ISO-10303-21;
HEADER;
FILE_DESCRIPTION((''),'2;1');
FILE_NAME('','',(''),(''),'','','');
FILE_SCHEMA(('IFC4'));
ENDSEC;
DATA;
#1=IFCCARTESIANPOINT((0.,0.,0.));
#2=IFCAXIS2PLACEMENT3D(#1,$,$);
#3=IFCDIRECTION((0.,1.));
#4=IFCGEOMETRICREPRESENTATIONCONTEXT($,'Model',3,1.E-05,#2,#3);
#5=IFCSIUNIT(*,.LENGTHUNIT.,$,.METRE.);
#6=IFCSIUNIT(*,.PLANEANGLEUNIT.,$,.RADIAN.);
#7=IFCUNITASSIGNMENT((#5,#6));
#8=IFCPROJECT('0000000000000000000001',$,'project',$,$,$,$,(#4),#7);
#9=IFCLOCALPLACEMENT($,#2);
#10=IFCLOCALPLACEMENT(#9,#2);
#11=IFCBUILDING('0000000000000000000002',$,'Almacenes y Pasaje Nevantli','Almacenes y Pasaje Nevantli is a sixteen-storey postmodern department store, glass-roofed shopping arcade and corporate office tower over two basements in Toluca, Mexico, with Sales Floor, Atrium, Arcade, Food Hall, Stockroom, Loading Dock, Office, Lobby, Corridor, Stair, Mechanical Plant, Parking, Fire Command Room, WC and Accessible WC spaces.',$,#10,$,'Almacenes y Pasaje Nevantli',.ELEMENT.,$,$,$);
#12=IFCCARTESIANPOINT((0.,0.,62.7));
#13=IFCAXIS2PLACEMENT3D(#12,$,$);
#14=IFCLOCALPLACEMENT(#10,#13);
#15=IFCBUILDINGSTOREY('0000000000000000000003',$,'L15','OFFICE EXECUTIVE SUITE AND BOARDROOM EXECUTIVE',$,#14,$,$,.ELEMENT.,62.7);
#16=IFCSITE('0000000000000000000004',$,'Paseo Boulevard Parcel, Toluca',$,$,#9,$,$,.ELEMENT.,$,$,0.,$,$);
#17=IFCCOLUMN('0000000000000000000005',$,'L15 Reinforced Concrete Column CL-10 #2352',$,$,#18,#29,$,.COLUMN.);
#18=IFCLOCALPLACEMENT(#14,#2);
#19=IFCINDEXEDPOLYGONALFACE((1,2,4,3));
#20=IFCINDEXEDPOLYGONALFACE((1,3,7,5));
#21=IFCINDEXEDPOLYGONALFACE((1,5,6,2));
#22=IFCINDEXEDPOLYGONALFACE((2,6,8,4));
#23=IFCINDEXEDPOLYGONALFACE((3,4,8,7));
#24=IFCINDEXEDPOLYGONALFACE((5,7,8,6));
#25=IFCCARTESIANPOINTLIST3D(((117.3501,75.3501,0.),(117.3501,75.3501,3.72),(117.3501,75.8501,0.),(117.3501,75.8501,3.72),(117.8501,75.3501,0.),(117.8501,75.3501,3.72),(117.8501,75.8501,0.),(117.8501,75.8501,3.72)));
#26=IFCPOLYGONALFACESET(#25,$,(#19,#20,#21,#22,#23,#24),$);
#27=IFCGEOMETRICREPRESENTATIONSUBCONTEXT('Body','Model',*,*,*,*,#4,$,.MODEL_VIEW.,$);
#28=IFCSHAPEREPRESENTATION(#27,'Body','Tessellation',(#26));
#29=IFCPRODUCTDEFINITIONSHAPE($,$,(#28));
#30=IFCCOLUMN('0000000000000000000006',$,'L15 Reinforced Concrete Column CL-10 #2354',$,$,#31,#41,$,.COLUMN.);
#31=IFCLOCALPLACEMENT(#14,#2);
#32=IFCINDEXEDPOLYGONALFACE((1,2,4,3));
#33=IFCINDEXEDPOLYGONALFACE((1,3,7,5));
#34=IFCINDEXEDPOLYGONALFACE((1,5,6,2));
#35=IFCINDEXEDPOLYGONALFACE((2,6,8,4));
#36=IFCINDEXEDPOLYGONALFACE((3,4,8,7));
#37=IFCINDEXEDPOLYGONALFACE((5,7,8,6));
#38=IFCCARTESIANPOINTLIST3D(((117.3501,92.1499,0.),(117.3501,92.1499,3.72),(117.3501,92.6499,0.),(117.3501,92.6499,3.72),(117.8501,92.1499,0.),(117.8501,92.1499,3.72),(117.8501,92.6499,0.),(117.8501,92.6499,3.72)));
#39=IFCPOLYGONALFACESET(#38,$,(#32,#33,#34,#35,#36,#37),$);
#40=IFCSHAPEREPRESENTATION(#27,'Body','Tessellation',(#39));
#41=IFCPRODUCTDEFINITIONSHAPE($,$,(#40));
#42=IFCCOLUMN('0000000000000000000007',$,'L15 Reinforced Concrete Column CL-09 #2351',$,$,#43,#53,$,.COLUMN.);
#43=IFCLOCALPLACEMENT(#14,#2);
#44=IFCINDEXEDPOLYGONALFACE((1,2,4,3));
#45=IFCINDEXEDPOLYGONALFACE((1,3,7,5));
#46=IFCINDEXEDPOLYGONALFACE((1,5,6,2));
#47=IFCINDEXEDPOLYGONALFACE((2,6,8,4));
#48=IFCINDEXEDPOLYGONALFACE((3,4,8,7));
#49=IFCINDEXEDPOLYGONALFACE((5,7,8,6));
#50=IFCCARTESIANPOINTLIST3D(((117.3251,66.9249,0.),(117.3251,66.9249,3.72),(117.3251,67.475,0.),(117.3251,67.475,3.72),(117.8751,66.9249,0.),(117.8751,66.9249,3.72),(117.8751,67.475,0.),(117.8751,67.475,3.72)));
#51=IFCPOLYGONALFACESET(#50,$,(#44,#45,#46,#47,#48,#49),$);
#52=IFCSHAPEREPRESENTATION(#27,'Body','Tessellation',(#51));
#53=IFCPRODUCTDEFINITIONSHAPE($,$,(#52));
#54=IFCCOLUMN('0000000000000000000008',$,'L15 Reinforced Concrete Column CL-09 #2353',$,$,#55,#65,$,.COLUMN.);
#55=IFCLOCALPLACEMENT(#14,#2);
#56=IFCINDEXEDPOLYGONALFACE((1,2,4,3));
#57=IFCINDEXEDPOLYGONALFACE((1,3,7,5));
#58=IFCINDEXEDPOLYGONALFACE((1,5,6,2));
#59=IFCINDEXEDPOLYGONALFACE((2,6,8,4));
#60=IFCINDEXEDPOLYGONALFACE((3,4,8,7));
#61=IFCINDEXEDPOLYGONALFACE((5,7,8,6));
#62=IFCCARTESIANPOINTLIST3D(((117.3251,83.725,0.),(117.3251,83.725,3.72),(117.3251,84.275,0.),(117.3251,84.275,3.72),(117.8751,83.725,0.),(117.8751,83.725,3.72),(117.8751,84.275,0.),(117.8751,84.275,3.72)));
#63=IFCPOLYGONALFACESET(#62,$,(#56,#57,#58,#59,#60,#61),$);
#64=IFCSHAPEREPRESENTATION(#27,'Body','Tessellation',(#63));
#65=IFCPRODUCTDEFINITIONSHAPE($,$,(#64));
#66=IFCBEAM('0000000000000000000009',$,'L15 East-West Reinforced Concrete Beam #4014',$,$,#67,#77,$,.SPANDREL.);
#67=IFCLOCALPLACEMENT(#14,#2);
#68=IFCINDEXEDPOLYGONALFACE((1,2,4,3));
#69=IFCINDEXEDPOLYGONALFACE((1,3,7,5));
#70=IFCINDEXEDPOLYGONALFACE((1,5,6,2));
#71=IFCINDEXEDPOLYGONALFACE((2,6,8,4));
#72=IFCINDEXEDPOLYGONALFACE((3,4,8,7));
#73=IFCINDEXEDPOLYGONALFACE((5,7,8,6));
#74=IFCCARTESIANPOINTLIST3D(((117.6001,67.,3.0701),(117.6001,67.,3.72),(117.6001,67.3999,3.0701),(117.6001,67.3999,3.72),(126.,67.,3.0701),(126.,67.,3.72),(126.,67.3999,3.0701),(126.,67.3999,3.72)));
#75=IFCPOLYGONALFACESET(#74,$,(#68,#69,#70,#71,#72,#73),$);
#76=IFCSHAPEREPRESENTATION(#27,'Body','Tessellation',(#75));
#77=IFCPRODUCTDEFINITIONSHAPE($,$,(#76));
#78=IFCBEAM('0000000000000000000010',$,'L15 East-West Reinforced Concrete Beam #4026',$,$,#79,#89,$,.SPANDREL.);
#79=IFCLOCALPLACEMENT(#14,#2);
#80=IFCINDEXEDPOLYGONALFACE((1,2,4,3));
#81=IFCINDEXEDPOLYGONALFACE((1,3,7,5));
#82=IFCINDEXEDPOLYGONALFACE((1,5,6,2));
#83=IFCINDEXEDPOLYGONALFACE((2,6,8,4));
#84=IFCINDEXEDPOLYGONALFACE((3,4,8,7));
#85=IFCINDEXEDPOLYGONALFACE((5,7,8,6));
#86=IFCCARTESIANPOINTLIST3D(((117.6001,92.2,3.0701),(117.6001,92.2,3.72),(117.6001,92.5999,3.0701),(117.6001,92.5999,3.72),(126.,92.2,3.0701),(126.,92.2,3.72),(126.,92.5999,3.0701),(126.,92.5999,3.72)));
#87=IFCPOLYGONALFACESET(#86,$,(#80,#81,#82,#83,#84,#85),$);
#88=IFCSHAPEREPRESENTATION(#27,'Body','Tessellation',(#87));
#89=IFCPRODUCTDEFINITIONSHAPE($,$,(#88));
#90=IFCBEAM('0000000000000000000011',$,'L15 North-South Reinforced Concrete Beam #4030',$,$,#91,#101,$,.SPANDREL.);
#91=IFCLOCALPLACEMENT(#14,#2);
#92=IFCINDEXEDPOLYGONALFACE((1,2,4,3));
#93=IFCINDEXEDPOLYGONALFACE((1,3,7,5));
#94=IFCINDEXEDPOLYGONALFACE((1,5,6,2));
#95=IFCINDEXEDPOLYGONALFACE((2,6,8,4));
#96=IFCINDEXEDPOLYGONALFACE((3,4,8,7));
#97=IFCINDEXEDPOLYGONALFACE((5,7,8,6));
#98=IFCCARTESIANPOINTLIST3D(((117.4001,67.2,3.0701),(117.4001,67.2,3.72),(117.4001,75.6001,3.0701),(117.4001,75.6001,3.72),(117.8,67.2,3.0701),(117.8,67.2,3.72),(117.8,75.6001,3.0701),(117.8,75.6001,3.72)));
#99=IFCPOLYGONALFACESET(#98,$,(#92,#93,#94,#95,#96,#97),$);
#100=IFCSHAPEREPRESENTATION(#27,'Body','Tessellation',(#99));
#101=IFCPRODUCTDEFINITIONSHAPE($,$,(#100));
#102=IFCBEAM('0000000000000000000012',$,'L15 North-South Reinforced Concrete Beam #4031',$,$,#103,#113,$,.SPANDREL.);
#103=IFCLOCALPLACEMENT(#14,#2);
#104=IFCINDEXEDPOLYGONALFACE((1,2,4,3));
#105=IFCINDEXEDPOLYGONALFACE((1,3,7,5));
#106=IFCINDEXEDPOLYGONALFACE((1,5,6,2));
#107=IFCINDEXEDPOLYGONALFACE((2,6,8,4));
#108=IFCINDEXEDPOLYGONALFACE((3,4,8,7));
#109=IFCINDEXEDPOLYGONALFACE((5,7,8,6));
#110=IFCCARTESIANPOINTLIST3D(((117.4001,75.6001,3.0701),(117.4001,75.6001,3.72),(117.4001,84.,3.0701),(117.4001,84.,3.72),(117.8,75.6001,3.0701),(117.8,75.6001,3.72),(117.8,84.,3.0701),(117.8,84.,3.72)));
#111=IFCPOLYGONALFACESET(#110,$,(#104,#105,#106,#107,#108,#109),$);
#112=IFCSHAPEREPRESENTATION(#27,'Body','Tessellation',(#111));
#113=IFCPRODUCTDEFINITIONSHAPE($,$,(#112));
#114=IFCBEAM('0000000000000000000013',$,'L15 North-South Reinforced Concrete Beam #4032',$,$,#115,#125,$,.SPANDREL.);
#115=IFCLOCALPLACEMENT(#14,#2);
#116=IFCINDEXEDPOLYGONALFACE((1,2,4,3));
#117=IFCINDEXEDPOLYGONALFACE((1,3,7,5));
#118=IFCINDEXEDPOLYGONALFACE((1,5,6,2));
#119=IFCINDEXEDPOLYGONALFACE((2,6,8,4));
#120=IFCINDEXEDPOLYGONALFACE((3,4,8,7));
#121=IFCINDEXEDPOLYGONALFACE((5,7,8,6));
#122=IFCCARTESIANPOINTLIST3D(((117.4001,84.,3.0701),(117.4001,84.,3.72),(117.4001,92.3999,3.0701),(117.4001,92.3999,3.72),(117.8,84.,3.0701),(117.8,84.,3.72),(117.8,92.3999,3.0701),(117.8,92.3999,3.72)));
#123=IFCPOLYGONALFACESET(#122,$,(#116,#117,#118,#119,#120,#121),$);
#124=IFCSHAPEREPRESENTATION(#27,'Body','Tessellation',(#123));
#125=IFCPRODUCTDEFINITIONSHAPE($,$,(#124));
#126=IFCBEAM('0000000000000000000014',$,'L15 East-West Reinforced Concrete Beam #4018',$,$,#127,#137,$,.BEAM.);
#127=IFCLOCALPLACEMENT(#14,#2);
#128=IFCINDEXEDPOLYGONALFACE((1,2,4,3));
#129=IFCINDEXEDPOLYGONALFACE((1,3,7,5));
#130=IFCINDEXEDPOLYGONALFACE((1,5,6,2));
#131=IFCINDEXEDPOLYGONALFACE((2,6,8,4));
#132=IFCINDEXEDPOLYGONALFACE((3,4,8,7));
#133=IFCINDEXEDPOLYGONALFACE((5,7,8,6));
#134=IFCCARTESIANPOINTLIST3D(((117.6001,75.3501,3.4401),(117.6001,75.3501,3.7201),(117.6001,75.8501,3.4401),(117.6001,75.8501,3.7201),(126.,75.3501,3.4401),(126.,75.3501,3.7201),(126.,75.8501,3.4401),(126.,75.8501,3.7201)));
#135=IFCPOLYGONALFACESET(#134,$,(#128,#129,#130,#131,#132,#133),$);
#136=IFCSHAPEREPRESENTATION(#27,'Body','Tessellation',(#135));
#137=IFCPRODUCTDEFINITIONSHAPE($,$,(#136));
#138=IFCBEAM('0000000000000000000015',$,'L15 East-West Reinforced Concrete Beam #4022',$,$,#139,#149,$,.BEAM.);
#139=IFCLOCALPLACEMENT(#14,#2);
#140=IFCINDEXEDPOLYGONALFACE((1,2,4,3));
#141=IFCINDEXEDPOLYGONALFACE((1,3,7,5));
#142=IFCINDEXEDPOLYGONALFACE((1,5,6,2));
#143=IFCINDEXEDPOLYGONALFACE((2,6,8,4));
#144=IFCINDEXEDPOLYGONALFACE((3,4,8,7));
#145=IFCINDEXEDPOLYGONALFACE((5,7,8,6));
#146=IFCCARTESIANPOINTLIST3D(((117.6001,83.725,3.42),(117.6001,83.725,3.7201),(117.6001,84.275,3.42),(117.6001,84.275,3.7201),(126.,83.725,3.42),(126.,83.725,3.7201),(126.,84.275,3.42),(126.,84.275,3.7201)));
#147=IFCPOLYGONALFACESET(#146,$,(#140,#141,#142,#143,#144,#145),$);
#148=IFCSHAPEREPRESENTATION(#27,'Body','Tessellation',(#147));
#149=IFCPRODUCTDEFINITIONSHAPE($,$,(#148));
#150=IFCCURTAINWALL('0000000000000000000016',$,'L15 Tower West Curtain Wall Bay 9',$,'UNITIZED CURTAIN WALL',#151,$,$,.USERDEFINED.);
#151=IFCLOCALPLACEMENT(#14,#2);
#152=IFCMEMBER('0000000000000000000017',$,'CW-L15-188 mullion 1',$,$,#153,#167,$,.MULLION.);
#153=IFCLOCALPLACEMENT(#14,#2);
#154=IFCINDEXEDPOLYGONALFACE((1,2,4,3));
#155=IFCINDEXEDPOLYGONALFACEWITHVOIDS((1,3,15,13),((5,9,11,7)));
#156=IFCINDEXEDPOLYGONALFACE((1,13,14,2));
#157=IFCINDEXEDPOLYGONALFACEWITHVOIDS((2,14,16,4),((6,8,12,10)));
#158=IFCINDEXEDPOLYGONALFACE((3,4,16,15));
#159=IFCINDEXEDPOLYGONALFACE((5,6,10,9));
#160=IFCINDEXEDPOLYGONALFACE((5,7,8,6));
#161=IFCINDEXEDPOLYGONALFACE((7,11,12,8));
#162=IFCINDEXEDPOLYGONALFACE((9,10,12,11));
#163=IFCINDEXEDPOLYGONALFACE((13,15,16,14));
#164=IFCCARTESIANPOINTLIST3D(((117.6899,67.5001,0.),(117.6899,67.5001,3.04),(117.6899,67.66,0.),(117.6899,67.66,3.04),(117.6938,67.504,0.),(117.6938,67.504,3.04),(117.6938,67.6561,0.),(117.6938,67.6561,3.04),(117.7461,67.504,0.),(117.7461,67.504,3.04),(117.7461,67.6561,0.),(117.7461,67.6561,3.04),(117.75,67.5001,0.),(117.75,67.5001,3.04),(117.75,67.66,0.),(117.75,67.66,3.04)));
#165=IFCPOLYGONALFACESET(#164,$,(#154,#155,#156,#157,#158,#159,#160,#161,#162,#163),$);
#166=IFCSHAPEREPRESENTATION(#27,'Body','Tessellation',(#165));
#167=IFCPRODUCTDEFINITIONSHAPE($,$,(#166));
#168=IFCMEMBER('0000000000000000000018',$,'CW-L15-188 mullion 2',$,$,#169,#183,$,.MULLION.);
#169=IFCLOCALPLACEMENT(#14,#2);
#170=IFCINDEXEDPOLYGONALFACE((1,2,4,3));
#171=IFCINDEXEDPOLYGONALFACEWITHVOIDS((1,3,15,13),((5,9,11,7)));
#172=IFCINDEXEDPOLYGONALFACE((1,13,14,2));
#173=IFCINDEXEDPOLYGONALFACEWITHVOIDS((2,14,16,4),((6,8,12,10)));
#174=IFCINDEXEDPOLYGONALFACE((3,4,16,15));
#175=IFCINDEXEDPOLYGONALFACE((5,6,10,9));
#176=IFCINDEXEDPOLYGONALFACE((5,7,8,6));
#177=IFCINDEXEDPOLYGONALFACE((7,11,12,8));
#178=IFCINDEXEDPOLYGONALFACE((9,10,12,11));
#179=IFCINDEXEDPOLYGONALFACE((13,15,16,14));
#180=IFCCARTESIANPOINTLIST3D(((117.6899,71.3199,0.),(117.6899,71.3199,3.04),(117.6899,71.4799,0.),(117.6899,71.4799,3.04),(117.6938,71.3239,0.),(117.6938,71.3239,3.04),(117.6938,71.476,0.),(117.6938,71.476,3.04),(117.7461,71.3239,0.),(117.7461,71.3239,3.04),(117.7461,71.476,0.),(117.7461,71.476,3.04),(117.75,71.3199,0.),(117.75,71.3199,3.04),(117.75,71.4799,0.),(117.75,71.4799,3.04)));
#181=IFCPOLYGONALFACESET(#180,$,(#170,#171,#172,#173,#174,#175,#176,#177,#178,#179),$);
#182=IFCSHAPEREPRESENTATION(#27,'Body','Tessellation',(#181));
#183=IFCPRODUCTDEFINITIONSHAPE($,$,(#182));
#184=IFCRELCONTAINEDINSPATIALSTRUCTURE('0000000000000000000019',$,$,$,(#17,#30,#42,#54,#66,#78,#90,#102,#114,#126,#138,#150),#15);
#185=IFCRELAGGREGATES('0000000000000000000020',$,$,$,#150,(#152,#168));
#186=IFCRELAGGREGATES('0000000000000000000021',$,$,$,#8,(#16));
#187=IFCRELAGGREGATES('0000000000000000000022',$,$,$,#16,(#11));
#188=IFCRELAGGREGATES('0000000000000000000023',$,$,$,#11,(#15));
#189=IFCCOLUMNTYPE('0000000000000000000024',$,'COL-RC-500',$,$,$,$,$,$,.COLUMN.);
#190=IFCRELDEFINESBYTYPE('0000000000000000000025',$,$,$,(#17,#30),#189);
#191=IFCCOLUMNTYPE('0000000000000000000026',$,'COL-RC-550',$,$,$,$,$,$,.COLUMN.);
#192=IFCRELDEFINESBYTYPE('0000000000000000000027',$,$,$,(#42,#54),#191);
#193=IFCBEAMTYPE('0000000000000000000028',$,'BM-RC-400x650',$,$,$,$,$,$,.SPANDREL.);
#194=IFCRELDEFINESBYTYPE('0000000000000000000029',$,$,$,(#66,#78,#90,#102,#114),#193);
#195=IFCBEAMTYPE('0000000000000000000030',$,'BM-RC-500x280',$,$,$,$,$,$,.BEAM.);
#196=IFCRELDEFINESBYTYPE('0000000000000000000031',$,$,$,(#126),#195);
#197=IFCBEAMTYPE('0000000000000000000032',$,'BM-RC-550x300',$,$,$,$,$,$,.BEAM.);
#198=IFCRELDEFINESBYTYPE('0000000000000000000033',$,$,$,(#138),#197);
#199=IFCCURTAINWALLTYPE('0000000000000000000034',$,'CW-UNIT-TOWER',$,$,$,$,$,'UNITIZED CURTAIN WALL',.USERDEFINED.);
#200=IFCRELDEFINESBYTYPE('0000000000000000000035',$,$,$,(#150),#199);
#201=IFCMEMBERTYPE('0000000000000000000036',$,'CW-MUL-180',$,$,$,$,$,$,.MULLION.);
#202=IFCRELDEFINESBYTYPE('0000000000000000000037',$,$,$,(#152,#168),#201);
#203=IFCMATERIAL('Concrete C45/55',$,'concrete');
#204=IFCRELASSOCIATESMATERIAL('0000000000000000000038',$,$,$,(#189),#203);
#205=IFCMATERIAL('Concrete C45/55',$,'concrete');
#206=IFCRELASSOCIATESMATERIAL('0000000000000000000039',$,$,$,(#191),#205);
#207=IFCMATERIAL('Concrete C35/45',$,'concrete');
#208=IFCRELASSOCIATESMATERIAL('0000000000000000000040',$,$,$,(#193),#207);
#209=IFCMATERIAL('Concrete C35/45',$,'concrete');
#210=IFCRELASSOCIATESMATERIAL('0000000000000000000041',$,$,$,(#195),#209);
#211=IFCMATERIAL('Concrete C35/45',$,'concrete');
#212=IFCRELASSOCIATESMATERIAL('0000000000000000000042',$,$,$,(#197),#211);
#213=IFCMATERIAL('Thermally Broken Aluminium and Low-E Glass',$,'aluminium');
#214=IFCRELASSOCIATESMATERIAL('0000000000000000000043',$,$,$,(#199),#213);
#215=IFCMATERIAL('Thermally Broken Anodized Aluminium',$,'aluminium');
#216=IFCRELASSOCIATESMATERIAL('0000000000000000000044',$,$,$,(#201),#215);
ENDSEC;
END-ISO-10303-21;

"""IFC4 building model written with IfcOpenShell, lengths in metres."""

from ifc_helpers import new_model, si_unit, direction, frame, origin, origin_2d, place, context, subcontext, project, spatial, rectangle, hollow_rectangle, extrude, material, material_profile, profile_set, type_object, element, aggregate, save


model = new_model("IFC4")

# Units and contexts
model_context = context("Model", 3, precision=1e-05, world=origin(), true_north=direction((0.0, 1.0)))
body_context = subcontext(model_context, "Body", "Model", "MODEL_VIEW")
ifc_project = project(units=[si_unit("LENGTHUNIT", "METRE"), si_unit("PLANEANGLEUNIT", "RADIAN")], contexts=[model_context])

# Site, building, storey
site_placement = place(None, origin())
site = spatial("IfcSite", under=ifc_project, at=site_placement, Name="Paseo Boulevard Parcel, Toluca", CompositionType="ELEMENT", RefElevation=0.0)
building_placement = place(site_placement, origin())
building = spatial("IfcBuilding", under=site, at=building_placement, Name="Almacenes y Pasaje Nevantli", Description="Almacenes y Pasaje Nevantli is a sixteen-storey postmodern department store, glass-roofed shopping arcade and corporate office tower over two basements in Toluca, Mexico, with Sales Floor, Atrium, Arcade, Food Hall, Stockroom, Loading Dock, Office, Lobby, Corridor, Stair, Mechanical Plant, Parking, Fire Command Room, WC and Accessible WC spaces.", LongName="Almacenes y Pasaje Nevantli", CompositionType="ELEMENT")
storey_placement = place(building_placement, frame((0.0, 0.0, 62.7)))
storey = spatial("IfcBuildingStorey", under=building, at=storey_placement, Name="L15", Description="OFFICE EXECUTIVE SUITE AND BOARDROOM EXECUTIVE", CompositionType="ELEMENT", Elevation=62.7)

# Columns
ifc_material_1 = material(Name="Concrete C45/55", Category="concrete")
ifc_material_profile_1 = material_profile(ifc_material_1, rectangle(XDim=0.5, YDim=0.5, at=origin_2d()), Name="RC-COL-500x500")
ifc_profile_set_1 = profile_set([ifc_material_profile_1], Name="Concrete C45/55")
column_type_1 = type_object("IfcColumnType", Name="COL-RC-500", PredefinedType="COLUMN", material=ifc_profile_set_1)
for number, where, z_axis, x_axis, name in (
    (1, (117.6001, 75.6001, 0.0), (0.0, 0.0, 1.0), (1.0, 0.0, 0.0), "L15 Reinforced Concrete Column CL-10 #2352"),
    (2, (117.6001, 92.3999, 0.0), (0.0, 0.0, 1.0), (1.0, 0.0, 0.0), "L15 Reinforced Concrete Column CL-10 #2354"),
):
    element("IfcColumn", number, at=place(storey_placement, frame(where, z_axis=z_axis, x_axis=x_axis)), inside=storey, type_object=column_type_1, Name=name, PredefinedType="COLUMN", context=body_context, shape_type="SweptSolid", body=[
        extrude(rectangle(XDim=0.5, YDim=0.5, at=origin_2d()), origin(), (0.0, 0.0, 1.0), 3.72),
    ])
ifc_material_2 = material(Name="Concrete C45/55", Category="concrete")
ifc_material_profile_2 = material_profile(ifc_material_2, rectangle(XDim=0.55, YDim=0.55, at=origin_2d()), Name="RC-COL-550x550")
ifc_profile_set_2 = profile_set([ifc_material_profile_2], Name="Concrete C45/55")
column_type_2 = type_object("IfcColumnType", Name="COL-RC-550", PredefinedType="COLUMN", material=ifc_profile_set_2)
for number, where, z_axis, x_axis, name in (
    (3, (117.6001, 67.2, 0.0), (0.0, 0.0, 1.0), (1.0, 0.0, 0.0), "L15 Reinforced Concrete Column CL-09 #2351"),
    (4, (117.6001, 84.0, 0.0), (0.0, 0.0, 1.0), (1.0, 0.0, 0.0), "L15 Reinforced Concrete Column CL-09 #2353"),
):
    element("IfcColumn", number, at=place(storey_placement, frame(where, z_axis=z_axis, x_axis=x_axis)), inside=storey, type_object=column_type_2, Name=name, PredefinedType="COLUMN", context=body_context, shape_type="SweptSolid", body=[
        extrude(rectangle(XDim=0.55, YDim=0.55, at=origin_2d()), origin(), (0.0, 0.0, 1.0), 3.72),
    ])

# Beams
ifc_material_3 = material(Name="Concrete C35/45", Category="concrete")
ifc_material_profile_3 = material_profile(ifc_material_3, rectangle(XDim=0.3999, YDim=0.6499, at=origin_2d()), Name="RC-BM-400x650")
ifc_profile_set_3 = profile_set([ifc_material_profile_3], Name="Concrete C35/45")
beam_type_1 = type_object("IfcBeamType", Name="BM-RC-400x650", PredefinedType="SPANDREL", material=ifc_profile_set_3)
for number, where, z_axis, x_axis, name in (
    (5, (117.6001, 67.2, 3.395), (1.0, 0.0, 0.0), (0.0, 1.0, 0.0), "L15 East-West Reinforced Concrete Beam #4014"),
    (6, (117.6001, 92.3999, 3.395), (1.0, 0.0, 0.0), (0.0, 1.0, 0.0), "L15 East-West Reinforced Concrete Beam #4026"),
):
    element("IfcBeam", number, at=place(storey_placement, frame(where, z_axis=z_axis, x_axis=x_axis)), inside=storey, type_object=beam_type_1, Name=name, PredefinedType="SPANDREL", context=body_context, shape_type="SweptSolid", body=[
        extrude(rectangle(XDim=0.3999, YDim=0.6499, at=origin_2d()), origin(), (0.0, 0.0, 1.0), 8.3999),
    ])
beam_1_placement = place(storey_placement, frame((117.6001, 67.2, 3.395), z_axis=(0.0, 1.0, 0.0), x_axis=(-1.0, 0.0, 0.0)))
element("IfcBeam", 7, at=beam_1_placement, inside=storey, type_object=beam_type_1, Name="L15 North-South Reinforced Concrete Beam #4030", PredefinedType="SPANDREL", context=body_context, shape_type="SweptSolid", body=[
    extrude(rectangle(XDim=0.3999, YDim=0.6499, at=origin_2d()), origin(), (0.0, 0.0, 1.0), 8.4001),
])
for number, where, z_axis, x_axis, name in (
    (8, (117.6001, 75.6001, 3.395), (0.0, 1.0, 0.0), (-1.0, 0.0, 0.0), "L15 North-South Reinforced Concrete Beam #4031"),
    (9, (117.6001, 84.0, 3.395), (0.0, 1.0, 0.0), (-1.0, 0.0, 0.0), "L15 North-South Reinforced Concrete Beam #4032"),
):
    element("IfcBeam", number, at=place(storey_placement, frame(where, z_axis=z_axis, x_axis=x_axis)), inside=storey, type_object=beam_type_1, Name=name, PredefinedType="SPANDREL", context=body_context, shape_type="SweptSolid", body=[
        extrude(rectangle(XDim=0.3999, YDim=0.6499, at=origin_2d()), origin(), (0.0, 0.0, 1.0), 8.3999),
    ])
ifc_material_4 = material(Name="Concrete C35/45", Category="concrete")
ifc_material_profile_4 = material_profile(ifc_material_4, rectangle(XDim=0.5, YDim=0.28, at=origin_2d()), Name="RC-BM-500x280")
ifc_profile_set_4 = profile_set([ifc_material_profile_4], Name="Concrete C35/45")
beam_type_2 = type_object("IfcBeamType", Name="BM-RC-500x280", PredefinedType="BEAM", material=ifc_profile_set_4)
beam_2_placement = place(storey_placement, frame((117.6001, 75.6001, 3.5801), z_axis=(1.0, 0.0, 0.0), x_axis=(0.0, 1.0, 0.0)))
element("IfcBeam", 10, at=beam_2_placement, inside=storey, type_object=beam_type_2, Name="L15 East-West Reinforced Concrete Beam #4018", PredefinedType="BEAM", context=body_context, shape_type="SweptSolid", body=[
    extrude(rectangle(XDim=0.5, YDim=0.28, at=origin_2d()), origin(), (0.0, 0.0, 1.0), 8.3999),
])
ifc_material_5 = material(Name="Concrete C35/45", Category="concrete")
ifc_material_profile_5 = material_profile(ifc_material_5, rectangle(XDim=0.55, YDim=0.3, at=origin_2d()), Name="RC-BM-550x300")
ifc_profile_set_5 = profile_set([ifc_material_profile_5], Name="Concrete C35/45")
beam_type_3 = type_object("IfcBeamType", Name="BM-RC-550x300", PredefinedType="BEAM", material=ifc_profile_set_5)
beam_3_placement = place(storey_placement, frame((117.6001, 84.0, 3.5701), z_axis=(1.0, 0.0, 0.0), x_axis=(0.0, 1.0, 0.0)))
element("IfcBeam", 11, at=beam_3_placement, inside=storey, type_object=beam_type_3, Name="L15 East-West Reinforced Concrete Beam #4022", PredefinedType="BEAM", context=body_context, shape_type="SweptSolid", body=[
    extrude(rectangle(XDim=0.55, YDim=0.3, at=origin_2d()), origin(), (0.0, 0.0, 1.0), 8.3999),
])

# Curtain wall, members
ifc_material_6 = material(Name="Thermally Broken Aluminium and Low-E Glass", Category="aluminium")
curtain_wall_type = type_object("IfcCurtainWallType", Name="CW-UNIT-TOWER", ElementType="UNITIZED CURTAIN WALL", PredefinedType="USERDEFINED", material=ifc_material_6)
curtain_wall_placement = place(storey_placement, origin())
curtain_wall = element("IfcCurtainWall", 12, at=curtain_wall_placement, inside=storey, type_object=curtain_wall_type, Name="L15 Tower West Curtain Wall Bay 9", ObjectType="UNITIZED CURTAIN WALL", PredefinedType="USERDEFINED")
ifc_material_7 = material(Name="Thermally Broken Anodized Aluminium", Category="aluminium")
ifc_material_profile_6 = material_profile(ifc_material_7, hollow_rectangle(XDim=0.0601, YDim=0.1599, WallThickness=0.0039, at=origin_2d()), Name="ALU-MUL-60x160")
ifc_profile_set_6 = profile_set([ifc_material_profile_6], Name="Thermally Broken Anodized Aluminium")
member_type_1 = type_object("IfcMemberType", Name="CW-MUL-180", PredefinedType="MULLION", material=ifc_profile_set_6)
member_1_placement = place(storey_placement, frame((117.72, 67.5801, 0.0), z_axis=(0.0, 0.0, 1.0), x_axis=(-1.0, 0.0, 0.0)))
member_1 = element("IfcMember", 13, at=member_1_placement, type_object=member_type_1, Name="CW-L15-188 mullion 1", PredefinedType="MULLION", context=body_context, shape_type="SweptSolid", body=[
    extrude(hollow_rectangle(XDim=0.0601, YDim=0.1599, WallThickness=0.0039, at=origin_2d()), origin(), (0.0, 0.0, 1.0), 3.04),
])
member_2_placement = place(storey_placement, frame((117.72, 71.3999, 0.0), z_axis=(0.0, 0.0, 1.0), x_axis=(-1.0, 0.0, 0.0)))
member_2 = element("IfcMember", 14, at=member_2_placement, type_object=member_type_1, Name="CW-L15-188 mullion 2", PredefinedType="MULLION", context=body_context, shape_type="SweptSolid", body=[
    extrude(hollow_rectangle(XDim=0.0601, YDim=0.1599, WallThickness=0.0039, at=origin_2d()), origin(), (0.0, 0.0, 1.0), 3.04),
])
aggregate(curtain_wall, [member_1, member_2])

save(model, "model.ifc")
